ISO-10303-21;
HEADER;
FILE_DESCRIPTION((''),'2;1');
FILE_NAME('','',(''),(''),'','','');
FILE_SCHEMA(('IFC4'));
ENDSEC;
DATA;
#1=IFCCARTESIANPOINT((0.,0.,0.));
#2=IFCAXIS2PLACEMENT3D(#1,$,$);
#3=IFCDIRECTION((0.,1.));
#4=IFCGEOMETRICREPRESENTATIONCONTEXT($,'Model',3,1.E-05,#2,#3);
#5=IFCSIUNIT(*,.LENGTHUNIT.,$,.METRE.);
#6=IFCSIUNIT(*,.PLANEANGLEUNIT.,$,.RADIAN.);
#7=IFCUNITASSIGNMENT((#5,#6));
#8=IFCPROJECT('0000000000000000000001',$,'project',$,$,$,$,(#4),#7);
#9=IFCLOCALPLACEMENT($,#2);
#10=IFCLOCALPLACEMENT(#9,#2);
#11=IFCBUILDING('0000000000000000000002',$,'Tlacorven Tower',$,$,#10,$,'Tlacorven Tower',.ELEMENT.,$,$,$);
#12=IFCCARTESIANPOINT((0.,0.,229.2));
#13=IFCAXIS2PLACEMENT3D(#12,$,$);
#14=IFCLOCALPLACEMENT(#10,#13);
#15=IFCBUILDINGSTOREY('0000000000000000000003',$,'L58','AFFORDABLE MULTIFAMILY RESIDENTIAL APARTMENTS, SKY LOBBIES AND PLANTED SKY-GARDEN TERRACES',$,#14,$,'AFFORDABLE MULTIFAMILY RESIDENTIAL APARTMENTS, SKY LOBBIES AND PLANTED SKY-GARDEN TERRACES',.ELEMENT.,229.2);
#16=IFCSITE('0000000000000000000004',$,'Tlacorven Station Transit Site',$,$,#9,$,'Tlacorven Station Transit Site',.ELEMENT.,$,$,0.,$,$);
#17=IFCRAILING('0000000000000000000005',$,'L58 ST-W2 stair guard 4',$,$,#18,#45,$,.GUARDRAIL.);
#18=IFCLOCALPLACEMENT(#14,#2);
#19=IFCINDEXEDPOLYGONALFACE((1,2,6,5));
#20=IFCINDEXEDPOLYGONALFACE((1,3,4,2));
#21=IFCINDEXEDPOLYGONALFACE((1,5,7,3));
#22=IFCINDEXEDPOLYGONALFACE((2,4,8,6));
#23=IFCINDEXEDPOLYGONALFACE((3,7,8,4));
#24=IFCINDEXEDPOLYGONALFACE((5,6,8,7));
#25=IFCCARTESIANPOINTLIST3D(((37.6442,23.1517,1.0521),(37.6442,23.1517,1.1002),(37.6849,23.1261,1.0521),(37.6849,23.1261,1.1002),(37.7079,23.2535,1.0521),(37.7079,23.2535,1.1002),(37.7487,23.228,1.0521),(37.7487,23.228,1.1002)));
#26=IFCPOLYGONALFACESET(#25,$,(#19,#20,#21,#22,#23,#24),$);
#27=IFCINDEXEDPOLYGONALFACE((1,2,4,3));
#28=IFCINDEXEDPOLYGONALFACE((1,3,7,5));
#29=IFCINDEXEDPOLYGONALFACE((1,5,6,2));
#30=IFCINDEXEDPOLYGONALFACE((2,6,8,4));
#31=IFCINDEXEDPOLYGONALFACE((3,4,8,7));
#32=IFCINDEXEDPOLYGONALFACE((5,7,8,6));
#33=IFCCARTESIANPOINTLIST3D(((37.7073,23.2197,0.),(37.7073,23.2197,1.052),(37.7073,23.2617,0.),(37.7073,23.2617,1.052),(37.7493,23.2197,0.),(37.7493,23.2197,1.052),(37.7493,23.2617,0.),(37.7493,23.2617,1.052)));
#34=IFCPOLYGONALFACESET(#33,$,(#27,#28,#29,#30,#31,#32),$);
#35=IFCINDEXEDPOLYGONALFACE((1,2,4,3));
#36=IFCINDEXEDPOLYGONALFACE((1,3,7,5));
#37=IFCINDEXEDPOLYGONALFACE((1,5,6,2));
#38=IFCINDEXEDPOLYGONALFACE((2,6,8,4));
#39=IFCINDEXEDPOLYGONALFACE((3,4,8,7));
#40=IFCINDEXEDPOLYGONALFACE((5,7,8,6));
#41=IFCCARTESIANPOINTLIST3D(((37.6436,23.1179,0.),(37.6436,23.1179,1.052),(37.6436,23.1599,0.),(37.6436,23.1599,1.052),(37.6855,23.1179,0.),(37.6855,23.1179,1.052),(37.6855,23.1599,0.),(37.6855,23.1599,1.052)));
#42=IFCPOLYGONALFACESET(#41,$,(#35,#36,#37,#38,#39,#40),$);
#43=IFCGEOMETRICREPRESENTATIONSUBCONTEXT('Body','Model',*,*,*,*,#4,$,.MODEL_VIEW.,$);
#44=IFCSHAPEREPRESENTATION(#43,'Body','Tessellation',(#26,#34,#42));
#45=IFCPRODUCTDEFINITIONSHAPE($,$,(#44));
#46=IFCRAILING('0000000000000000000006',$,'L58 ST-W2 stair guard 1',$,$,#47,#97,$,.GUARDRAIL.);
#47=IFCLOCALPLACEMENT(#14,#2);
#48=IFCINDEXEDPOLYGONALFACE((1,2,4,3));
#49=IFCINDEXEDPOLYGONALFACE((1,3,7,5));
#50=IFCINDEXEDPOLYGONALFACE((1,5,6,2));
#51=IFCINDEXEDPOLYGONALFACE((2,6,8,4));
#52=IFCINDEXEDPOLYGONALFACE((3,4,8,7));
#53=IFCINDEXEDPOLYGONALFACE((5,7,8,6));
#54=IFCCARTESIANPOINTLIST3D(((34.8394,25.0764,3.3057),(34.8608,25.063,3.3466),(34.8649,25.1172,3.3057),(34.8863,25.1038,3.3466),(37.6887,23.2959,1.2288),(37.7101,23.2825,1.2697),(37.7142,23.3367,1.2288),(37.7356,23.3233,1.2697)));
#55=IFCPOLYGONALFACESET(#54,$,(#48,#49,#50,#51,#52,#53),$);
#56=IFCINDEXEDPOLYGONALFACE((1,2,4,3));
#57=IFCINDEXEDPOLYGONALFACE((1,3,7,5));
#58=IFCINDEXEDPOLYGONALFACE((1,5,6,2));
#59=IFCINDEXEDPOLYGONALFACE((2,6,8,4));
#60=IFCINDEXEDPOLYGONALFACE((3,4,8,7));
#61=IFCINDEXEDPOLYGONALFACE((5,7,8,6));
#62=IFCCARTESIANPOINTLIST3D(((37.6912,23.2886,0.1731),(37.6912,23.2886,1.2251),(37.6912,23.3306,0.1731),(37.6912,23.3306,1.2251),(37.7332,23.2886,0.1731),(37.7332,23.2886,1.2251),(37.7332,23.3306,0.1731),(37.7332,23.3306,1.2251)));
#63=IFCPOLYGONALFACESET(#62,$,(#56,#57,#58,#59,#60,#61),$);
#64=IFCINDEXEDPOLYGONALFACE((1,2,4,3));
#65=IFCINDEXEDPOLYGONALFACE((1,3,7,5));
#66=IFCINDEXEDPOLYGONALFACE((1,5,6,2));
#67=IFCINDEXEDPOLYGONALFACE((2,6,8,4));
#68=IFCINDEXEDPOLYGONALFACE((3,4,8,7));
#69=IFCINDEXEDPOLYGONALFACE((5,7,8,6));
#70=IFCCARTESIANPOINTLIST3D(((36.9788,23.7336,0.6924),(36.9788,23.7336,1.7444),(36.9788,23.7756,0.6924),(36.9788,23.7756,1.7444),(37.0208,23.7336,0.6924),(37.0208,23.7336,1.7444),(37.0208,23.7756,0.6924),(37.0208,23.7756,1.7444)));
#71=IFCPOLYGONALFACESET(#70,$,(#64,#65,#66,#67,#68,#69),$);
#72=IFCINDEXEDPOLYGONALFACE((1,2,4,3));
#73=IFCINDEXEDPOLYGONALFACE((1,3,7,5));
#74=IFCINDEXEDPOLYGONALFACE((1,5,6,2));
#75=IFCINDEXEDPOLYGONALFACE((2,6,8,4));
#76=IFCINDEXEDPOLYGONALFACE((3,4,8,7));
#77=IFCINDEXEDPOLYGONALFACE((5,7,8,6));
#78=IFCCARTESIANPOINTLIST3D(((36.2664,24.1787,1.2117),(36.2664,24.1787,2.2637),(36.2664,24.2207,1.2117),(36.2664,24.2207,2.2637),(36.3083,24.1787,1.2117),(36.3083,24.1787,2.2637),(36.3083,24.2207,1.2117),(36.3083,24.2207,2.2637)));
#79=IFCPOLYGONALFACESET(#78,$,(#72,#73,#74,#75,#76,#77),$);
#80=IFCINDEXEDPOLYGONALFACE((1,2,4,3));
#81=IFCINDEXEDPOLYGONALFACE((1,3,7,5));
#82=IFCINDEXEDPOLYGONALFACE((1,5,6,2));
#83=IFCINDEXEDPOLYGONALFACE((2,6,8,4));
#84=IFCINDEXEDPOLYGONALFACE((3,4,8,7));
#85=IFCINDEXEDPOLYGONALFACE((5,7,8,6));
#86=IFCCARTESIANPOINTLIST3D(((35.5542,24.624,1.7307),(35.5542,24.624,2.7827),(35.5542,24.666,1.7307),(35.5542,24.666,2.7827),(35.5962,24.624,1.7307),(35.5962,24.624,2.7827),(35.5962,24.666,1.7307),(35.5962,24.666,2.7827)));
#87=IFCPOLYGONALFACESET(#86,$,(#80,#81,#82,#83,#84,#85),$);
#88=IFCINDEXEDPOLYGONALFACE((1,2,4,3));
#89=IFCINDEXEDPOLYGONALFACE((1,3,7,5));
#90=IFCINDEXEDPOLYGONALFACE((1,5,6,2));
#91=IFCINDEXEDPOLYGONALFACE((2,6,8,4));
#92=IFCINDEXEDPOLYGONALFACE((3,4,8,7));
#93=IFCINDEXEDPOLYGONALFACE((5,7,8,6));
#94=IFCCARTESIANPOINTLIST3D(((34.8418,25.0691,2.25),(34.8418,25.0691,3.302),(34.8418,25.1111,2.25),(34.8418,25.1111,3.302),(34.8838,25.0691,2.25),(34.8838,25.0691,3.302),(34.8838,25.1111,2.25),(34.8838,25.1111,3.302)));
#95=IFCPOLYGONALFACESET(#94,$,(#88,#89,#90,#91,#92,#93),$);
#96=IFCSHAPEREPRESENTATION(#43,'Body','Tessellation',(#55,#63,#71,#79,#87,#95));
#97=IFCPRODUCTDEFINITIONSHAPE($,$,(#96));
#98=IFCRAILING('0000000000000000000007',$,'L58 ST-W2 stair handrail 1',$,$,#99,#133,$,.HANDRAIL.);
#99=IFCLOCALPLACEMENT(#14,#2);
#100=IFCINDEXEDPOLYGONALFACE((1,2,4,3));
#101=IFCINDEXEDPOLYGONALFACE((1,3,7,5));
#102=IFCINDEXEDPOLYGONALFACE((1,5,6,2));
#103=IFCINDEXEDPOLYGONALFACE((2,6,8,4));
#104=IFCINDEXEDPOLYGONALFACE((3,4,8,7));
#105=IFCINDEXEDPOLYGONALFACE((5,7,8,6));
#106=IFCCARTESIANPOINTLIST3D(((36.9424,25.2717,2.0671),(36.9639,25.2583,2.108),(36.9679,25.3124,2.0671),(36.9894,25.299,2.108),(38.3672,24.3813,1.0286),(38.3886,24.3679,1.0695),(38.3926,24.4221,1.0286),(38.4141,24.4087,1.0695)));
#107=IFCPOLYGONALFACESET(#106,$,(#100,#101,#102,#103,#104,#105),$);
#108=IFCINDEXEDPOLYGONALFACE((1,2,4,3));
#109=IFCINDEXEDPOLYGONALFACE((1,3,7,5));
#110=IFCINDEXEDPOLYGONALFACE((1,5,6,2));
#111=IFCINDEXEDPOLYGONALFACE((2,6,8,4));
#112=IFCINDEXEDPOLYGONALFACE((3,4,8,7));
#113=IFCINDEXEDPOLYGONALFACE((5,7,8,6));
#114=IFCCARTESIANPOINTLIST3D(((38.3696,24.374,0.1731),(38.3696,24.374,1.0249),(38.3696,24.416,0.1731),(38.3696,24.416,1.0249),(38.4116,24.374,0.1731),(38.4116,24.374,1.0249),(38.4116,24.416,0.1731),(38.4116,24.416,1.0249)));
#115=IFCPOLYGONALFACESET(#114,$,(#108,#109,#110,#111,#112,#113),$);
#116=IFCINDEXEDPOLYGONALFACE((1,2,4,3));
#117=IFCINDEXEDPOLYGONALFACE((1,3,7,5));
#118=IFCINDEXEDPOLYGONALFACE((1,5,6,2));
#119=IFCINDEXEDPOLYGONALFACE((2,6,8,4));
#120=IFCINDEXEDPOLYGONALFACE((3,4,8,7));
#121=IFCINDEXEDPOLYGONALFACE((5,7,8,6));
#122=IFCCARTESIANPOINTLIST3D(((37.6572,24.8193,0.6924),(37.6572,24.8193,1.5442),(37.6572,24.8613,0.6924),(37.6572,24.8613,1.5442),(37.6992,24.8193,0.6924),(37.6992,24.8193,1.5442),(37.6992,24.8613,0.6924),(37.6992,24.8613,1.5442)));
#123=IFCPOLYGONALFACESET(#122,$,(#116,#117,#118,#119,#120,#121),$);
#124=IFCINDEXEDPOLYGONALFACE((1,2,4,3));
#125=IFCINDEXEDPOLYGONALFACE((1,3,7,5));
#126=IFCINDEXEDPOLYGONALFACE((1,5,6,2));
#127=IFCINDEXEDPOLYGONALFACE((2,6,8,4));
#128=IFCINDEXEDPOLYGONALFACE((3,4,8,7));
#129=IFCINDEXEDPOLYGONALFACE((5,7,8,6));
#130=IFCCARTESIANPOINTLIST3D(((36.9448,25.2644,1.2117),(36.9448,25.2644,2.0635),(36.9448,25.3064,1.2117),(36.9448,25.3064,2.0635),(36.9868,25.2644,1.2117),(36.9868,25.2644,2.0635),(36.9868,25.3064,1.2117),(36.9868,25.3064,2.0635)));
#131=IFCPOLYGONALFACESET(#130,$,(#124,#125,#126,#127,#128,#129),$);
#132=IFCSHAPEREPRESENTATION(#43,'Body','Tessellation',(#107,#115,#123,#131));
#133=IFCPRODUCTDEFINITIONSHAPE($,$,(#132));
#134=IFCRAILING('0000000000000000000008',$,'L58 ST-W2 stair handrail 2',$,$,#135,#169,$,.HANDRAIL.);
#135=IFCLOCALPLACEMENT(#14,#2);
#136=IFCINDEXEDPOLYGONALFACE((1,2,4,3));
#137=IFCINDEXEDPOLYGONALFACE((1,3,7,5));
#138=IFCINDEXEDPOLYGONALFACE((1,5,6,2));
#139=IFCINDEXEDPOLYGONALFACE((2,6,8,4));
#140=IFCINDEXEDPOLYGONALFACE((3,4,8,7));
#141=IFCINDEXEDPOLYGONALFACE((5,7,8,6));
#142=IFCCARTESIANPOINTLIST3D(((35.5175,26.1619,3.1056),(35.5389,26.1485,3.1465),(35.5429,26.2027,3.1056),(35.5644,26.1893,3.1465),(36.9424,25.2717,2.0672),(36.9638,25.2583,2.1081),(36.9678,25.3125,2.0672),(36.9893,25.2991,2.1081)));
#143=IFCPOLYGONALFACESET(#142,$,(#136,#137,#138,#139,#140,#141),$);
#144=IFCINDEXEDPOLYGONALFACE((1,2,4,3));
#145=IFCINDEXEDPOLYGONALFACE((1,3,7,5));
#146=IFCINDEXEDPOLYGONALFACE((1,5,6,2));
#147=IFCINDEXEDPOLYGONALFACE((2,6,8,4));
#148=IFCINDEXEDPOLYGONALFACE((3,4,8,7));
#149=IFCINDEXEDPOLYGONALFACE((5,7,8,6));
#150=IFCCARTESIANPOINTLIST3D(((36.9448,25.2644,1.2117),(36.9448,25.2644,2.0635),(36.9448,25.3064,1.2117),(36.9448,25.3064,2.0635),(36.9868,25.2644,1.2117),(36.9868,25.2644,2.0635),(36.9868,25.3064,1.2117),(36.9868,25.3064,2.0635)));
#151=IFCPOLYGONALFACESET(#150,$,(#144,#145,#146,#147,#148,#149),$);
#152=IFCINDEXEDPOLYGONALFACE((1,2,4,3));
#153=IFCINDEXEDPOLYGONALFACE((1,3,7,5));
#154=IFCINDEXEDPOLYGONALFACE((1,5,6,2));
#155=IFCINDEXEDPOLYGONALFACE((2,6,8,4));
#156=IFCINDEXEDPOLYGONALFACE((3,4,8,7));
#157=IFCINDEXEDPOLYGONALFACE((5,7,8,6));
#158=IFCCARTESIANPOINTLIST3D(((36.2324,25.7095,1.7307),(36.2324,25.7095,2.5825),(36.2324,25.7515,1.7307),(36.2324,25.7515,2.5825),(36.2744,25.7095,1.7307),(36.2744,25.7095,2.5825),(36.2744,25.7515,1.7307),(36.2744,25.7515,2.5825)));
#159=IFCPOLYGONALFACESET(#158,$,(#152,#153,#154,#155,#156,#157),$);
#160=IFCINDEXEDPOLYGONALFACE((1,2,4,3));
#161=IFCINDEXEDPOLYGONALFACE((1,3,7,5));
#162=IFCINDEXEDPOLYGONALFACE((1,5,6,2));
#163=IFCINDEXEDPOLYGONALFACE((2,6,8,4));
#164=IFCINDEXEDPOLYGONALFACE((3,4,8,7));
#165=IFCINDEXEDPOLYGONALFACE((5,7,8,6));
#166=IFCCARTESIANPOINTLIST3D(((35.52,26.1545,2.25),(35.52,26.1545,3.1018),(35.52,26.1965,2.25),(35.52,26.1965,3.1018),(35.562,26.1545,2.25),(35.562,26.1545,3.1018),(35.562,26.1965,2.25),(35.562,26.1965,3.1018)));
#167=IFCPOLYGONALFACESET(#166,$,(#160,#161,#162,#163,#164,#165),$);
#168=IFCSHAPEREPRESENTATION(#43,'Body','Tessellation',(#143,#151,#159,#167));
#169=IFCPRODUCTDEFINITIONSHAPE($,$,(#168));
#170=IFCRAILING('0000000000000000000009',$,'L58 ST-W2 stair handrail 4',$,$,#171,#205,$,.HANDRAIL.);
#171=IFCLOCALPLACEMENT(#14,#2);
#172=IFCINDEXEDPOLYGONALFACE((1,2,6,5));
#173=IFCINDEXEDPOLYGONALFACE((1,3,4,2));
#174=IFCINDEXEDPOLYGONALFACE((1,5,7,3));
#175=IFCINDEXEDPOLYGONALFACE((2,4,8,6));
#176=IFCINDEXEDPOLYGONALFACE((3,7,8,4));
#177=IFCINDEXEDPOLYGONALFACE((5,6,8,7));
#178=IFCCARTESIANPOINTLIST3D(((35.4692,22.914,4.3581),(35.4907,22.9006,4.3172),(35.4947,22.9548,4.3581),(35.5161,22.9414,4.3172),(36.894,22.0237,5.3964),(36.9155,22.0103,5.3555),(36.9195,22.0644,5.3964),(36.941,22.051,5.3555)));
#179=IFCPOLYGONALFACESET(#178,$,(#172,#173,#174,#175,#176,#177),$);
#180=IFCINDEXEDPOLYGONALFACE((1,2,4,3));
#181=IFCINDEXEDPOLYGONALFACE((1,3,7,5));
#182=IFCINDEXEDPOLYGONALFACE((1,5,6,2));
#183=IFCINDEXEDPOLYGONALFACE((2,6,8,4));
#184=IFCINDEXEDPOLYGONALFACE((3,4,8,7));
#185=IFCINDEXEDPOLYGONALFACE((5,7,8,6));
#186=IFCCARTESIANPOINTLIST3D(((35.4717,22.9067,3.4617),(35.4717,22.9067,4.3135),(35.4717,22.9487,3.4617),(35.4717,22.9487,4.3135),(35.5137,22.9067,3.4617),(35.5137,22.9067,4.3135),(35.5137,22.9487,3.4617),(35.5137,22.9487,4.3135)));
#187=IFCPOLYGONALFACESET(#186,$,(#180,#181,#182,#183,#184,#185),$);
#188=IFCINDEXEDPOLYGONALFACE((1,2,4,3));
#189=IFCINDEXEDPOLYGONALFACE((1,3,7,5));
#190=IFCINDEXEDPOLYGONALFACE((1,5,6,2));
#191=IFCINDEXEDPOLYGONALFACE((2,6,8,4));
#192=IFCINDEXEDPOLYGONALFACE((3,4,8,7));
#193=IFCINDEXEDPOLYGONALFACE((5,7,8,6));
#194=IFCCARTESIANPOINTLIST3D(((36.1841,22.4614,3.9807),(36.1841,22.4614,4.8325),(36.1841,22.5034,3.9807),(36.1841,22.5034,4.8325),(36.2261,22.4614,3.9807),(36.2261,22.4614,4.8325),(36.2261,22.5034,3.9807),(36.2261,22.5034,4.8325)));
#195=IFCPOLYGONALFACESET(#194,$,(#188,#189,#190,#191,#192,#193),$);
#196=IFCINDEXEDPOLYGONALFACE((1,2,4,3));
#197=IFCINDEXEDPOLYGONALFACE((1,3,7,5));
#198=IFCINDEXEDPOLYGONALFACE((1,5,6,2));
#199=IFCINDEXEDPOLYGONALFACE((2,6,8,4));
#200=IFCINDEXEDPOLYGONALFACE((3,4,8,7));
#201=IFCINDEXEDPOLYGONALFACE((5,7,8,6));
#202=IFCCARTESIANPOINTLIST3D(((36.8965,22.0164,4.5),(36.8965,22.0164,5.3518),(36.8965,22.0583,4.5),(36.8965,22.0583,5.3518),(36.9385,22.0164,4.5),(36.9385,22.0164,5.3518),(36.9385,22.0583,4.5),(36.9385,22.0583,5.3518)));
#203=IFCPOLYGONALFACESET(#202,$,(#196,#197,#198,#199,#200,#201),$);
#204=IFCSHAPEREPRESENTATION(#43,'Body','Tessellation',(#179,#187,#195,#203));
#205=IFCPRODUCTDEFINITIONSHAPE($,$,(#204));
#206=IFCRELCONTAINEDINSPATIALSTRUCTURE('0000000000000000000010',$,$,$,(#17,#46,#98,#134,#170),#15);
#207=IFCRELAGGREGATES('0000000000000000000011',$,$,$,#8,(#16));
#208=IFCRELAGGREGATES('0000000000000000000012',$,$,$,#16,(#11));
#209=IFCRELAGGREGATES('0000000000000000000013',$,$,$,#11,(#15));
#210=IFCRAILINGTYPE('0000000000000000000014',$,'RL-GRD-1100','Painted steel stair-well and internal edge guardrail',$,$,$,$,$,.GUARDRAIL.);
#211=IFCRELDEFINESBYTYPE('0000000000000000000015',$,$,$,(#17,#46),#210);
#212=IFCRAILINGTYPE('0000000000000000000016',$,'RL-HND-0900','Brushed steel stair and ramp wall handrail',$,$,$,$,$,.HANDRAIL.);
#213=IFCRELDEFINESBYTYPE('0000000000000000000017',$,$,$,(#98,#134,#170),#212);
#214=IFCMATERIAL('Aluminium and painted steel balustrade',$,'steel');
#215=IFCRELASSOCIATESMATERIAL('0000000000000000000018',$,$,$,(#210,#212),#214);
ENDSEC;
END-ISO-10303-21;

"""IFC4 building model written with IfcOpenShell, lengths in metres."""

from ifc_helpers import new_model, si_unit, direction, frame, origin, origin_2d, place, context, subcontext, project, spatial, rectangle, extrude, source, transform, mapped, material, type_object, element, save


model = new_model("IFC4")

# Units and contexts
model_context = context("Model", 3, precision=1e-05, world=origin(), true_north=direction((0.0, 1.0)))
body_context = subcontext(model_context, "Body", "Model", "MODEL_VIEW")
ifc_project = project(units=[si_unit("LENGTHUNIT", "METRE"), si_unit("PLANEANGLEUNIT", "RADIAN")], contexts=[model_context])

# Site, building, storey
site_placement = place(None, origin())
site = spatial("IfcSite", under=ifc_project, at=site_placement, Name="Tlacorven Station Transit Site", LongName="Tlacorven Station Transit Site", CompositionType="ELEMENT", RefElevation=0.0)
building_placement = place(site_placement, origin())
building = spatial("IfcBuilding", under=site, at=building_placement, Name="Tlacorven Tower", LongName="Tlacorven Tower", CompositionType="ELEMENT")
storey_placement = place(building_placement, frame((0.0, 0.0, 229.2)))
storey = spatial("IfcBuildingStorey", under=building, at=storey_placement, Name="L58", Description="AFFORDABLE MULTIFAMILY RESIDENTIAL APARTMENTS, SKY LOBBIES AND PLANTED SKY-GARDEN TERRACES", LongName="AFFORDABLE MULTIFAMILY RESIDENTIAL APARTMENTS, SKY LOBBIES AND PLANTED SKY-GARDEN TERRACES", CompositionType="ELEMENT", Elevation=229.2)

# Railings
ifc_material_1 = material(Name="Aluminium and painted steel balustrade", Category="steel")
railing_type_1 = type_object("IfcRailingType", Name="RL-GRD-1100", Description="Painted steel stair-well and internal edge guardrail", PredefinedType="GUARDRAIL", material=ifc_material_1)
shared_shape_1 = source(origin(), body_context, "Body", "SweptSolid", [
    extrude(rectangle(XDim=0.0481, YDim=0.0481, at=origin_2d()), frame((0.0, 0.0, 1.0762), z_axis=(-0.530547, -0.847656, 0.0), x_axis=(0.847656, -0.530547, 0.0)), (0.0, 0.0, 1.0), 0.1201),
    extrude(rectangle(XDim=0.042, YDim=0.042, at=origin_2d()), origin(), (0.0, 0.0, 1.0), 1.052),
    extrude(rectangle(XDim=0.042, YDim=0.042, at=origin_2d()), frame((-0.0637, -0.1018, 0.0)), (0.0, 0.0, 1.0), 1.052),
])
for number, where, name in (
    (1, (37.7283, 23.2407, 0.0), "L58 ST-W2 stair guard 4"),
):
    element("IfcRailing", number, at=place(storey_placement, frame(where)), inside=storey, type_object=railing_type_1, Name=name, PredefinedType="GUARDRAIL", context=body_context, shape_type="MappedRepresentation", body=[
        mapped(shared_shape_1, transform((0.0, 0.0, 0.0), scale=1.0)),
    ])
shared_shape_2 = source(origin(), body_context, "Body", "SweptSolid", [
    extrude(rectangle(XDim=0.0481, YDim=0.0481, at=origin_2d()), frame((0.0, 0.0, 1.0762), z_axis=(-0.721355, 0.450762, 0.525796), x_axis=(-0.529927, -0.848043, 0.0)), (0.0, 0.0, 1.0), 3.95),
    extrude(rectangle(XDim=0.042, YDim=0.042, at=origin_2d()), origin(), (0.0, 0.0, 1.0), 1.052),
    extrude(rectangle(XDim=0.042, YDim=0.042, at=origin_2d()), frame((-0.7124, 0.4451, 0.5193)), (0.0, 0.0, 1.0), 1.052),
    extrude(rectangle(XDim=0.042, YDim=0.042, at=origin_2d()), frame((-1.4248, 0.8901, 1.0386)), (0.0, 0.0, 1.0), 1.052),
    extrude(rectangle(XDim=0.042, YDim=0.042, at=origin_2d()), frame((-2.137, 1.3354, 1.5576)), (0.0, 0.0, 1.0), 1.052),
    extrude(rectangle(XDim=0.042, YDim=0.042, at=origin_2d()), frame((-2.8494, 1.7805, 2.0769)), (0.0, 0.0, 1.0), 1.052),
])
railing_1_placement = place(storey_placement, frame((37.7122, 23.3096, 0.1731)))
element("IfcRailing", 2, at=railing_1_placement, inside=storey, type_object=railing_type_1, Name="L58 ST-W2 stair guard 1", PredefinedType="GUARDRAIL", context=body_context, shape_type="MappedRepresentation", body=[
    mapped(shared_shape_2, transform((0.0, 0.0, 0.0), scale=1.0)),
])
railing_type_2 = type_object("IfcRailingType", Name="RL-HND-0900", Description="Brushed steel stair and ramp wall handrail", PredefinedType="HANDRAIL", material=ifc_material_1)
shared_shape_3 = source(origin(), body_context, "Body", "SweptSolid", [
    extrude(rectangle(XDim=0.0481, YDim=0.0481, at=origin_2d()), frame((0.0, 0.0, 0.876), z_axis=(-0.721341, 0.450776, 0.525803), x_axis=(-0.529947, -0.848031, 0.0)), (0.0, 0.0, 1.0), 1.9751),
    extrude(rectangle(XDim=0.042, YDim=0.042, at=origin_2d()), origin(), (0.0, 0.0, 1.0), 0.8518),
    extrude(rectangle(XDim=0.042, YDim=0.042, at=origin_2d()), frame((-0.7124, 0.4453, 0.5193)), (0.0, 0.0, 1.0), 0.8518),
    extrude(rectangle(XDim=0.042, YDim=0.042, at=origin_2d()), frame((-1.4248, 0.8904, 1.0386)), (0.0, 0.0, 1.0), 0.8518),
])
railing_2_placement = place(storey_placement, frame((38.3906, 24.395, 0.1731)))
element("IfcRailing", 3, at=railing_2_placement, inside=storey, type_object=railing_type_2, Name="L58 ST-W2 stair handrail 1", PredefinedType="HANDRAIL", context=body_context, shape_type="MappedRepresentation", body=[
    mapped(shared_shape_3, transform((0.0, 0.0, 0.0), scale=1.0)),
])
shared_shape_4 = source(origin(), body_context, "Body", "SweptSolid", [
    extrude(rectangle(XDim=0.0481, YDim=0.0481, at=origin_2d()), frame((0.0, 0.0, 0.876), z_axis=(-0.721428, 0.450707, 0.525742), x_axis=(-0.529842, -0.848096, 0.0)), (0.0, 0.0, 1.0), 1.9751),
    extrude(rectangle(XDim=0.042, YDim=0.042, at=origin_2d()), origin(), (0.0, 0.0, 1.0), 0.8518),
    extrude(rectangle(XDim=0.042, YDim=0.042, at=origin_2d()), frame((-0.7124, 0.4451, 0.519)), (0.0, 0.0, 1.0), 0.8518),
    extrude(rectangle(XDim=0.042, YDim=0.042, at=origin_2d()), frame((-1.4248, 0.8901, 1.0383)), (0.0, 0.0, 1.0), 0.8518),
])
railing_3_placement = place(storey_placement, frame((36.9658, 25.2854, 1.2117)))
element("IfcRailing", 4, at=railing_3_placement, inside=storey, type_object=railing_type_2, Name="L58 ST-W2 stair handrail 2", PredefinedType="HANDRAIL", context=body_context, shape_type="MappedRepresentation", body=[
    mapped(shared_shape_4, transform((0.0, 0.0, 0.0), scale=1.0)),
])
shared_shape_5 = source(origin(), body_context, "Body", "SweptSolid", [
    extrude(rectangle(XDim=0.0481, YDim=0.0481, at=origin_2d()), frame((0.0, 0.0, 0.876), z_axis=(0.721388, -0.450805, 0.525713), x_axis=(0.529947, 0.848031, 0.0)), (0.0, 0.0, 1.0), 1.9751),
    extrude(rectangle(XDim=0.042, YDim=0.042, at=origin_2d()), origin(), (0.0, 0.0, 1.0), 0.8518),
    extrude(rectangle(XDim=0.042, YDim=0.042, at=origin_2d()), frame((0.7124, -0.4453, 0.519)), (0.0, 0.0, 1.0), 0.8518),
    extrude(rectangle(XDim=0.042, YDim=0.042, at=origin_2d()), frame((1.4248, -0.8904, 1.0383)), (0.0, 0.0, 1.0), 0.8518),
])
railing_4_placement = place(storey_placement, frame((35.4927, 22.9277, 3.4617)))
element("IfcRailing", 5, at=railing_4_placement, inside=storey, type_object=railing_type_2, Name="L58 ST-W2 stair handrail 4", PredefinedType="HANDRAIL", context=body_context, shape_type="MappedRepresentation", body=[
    mapped(shared_shape_5, transform((0.0, 0.0, 0.0), scale=1.0)),
])

save(model, "model.ifc")
